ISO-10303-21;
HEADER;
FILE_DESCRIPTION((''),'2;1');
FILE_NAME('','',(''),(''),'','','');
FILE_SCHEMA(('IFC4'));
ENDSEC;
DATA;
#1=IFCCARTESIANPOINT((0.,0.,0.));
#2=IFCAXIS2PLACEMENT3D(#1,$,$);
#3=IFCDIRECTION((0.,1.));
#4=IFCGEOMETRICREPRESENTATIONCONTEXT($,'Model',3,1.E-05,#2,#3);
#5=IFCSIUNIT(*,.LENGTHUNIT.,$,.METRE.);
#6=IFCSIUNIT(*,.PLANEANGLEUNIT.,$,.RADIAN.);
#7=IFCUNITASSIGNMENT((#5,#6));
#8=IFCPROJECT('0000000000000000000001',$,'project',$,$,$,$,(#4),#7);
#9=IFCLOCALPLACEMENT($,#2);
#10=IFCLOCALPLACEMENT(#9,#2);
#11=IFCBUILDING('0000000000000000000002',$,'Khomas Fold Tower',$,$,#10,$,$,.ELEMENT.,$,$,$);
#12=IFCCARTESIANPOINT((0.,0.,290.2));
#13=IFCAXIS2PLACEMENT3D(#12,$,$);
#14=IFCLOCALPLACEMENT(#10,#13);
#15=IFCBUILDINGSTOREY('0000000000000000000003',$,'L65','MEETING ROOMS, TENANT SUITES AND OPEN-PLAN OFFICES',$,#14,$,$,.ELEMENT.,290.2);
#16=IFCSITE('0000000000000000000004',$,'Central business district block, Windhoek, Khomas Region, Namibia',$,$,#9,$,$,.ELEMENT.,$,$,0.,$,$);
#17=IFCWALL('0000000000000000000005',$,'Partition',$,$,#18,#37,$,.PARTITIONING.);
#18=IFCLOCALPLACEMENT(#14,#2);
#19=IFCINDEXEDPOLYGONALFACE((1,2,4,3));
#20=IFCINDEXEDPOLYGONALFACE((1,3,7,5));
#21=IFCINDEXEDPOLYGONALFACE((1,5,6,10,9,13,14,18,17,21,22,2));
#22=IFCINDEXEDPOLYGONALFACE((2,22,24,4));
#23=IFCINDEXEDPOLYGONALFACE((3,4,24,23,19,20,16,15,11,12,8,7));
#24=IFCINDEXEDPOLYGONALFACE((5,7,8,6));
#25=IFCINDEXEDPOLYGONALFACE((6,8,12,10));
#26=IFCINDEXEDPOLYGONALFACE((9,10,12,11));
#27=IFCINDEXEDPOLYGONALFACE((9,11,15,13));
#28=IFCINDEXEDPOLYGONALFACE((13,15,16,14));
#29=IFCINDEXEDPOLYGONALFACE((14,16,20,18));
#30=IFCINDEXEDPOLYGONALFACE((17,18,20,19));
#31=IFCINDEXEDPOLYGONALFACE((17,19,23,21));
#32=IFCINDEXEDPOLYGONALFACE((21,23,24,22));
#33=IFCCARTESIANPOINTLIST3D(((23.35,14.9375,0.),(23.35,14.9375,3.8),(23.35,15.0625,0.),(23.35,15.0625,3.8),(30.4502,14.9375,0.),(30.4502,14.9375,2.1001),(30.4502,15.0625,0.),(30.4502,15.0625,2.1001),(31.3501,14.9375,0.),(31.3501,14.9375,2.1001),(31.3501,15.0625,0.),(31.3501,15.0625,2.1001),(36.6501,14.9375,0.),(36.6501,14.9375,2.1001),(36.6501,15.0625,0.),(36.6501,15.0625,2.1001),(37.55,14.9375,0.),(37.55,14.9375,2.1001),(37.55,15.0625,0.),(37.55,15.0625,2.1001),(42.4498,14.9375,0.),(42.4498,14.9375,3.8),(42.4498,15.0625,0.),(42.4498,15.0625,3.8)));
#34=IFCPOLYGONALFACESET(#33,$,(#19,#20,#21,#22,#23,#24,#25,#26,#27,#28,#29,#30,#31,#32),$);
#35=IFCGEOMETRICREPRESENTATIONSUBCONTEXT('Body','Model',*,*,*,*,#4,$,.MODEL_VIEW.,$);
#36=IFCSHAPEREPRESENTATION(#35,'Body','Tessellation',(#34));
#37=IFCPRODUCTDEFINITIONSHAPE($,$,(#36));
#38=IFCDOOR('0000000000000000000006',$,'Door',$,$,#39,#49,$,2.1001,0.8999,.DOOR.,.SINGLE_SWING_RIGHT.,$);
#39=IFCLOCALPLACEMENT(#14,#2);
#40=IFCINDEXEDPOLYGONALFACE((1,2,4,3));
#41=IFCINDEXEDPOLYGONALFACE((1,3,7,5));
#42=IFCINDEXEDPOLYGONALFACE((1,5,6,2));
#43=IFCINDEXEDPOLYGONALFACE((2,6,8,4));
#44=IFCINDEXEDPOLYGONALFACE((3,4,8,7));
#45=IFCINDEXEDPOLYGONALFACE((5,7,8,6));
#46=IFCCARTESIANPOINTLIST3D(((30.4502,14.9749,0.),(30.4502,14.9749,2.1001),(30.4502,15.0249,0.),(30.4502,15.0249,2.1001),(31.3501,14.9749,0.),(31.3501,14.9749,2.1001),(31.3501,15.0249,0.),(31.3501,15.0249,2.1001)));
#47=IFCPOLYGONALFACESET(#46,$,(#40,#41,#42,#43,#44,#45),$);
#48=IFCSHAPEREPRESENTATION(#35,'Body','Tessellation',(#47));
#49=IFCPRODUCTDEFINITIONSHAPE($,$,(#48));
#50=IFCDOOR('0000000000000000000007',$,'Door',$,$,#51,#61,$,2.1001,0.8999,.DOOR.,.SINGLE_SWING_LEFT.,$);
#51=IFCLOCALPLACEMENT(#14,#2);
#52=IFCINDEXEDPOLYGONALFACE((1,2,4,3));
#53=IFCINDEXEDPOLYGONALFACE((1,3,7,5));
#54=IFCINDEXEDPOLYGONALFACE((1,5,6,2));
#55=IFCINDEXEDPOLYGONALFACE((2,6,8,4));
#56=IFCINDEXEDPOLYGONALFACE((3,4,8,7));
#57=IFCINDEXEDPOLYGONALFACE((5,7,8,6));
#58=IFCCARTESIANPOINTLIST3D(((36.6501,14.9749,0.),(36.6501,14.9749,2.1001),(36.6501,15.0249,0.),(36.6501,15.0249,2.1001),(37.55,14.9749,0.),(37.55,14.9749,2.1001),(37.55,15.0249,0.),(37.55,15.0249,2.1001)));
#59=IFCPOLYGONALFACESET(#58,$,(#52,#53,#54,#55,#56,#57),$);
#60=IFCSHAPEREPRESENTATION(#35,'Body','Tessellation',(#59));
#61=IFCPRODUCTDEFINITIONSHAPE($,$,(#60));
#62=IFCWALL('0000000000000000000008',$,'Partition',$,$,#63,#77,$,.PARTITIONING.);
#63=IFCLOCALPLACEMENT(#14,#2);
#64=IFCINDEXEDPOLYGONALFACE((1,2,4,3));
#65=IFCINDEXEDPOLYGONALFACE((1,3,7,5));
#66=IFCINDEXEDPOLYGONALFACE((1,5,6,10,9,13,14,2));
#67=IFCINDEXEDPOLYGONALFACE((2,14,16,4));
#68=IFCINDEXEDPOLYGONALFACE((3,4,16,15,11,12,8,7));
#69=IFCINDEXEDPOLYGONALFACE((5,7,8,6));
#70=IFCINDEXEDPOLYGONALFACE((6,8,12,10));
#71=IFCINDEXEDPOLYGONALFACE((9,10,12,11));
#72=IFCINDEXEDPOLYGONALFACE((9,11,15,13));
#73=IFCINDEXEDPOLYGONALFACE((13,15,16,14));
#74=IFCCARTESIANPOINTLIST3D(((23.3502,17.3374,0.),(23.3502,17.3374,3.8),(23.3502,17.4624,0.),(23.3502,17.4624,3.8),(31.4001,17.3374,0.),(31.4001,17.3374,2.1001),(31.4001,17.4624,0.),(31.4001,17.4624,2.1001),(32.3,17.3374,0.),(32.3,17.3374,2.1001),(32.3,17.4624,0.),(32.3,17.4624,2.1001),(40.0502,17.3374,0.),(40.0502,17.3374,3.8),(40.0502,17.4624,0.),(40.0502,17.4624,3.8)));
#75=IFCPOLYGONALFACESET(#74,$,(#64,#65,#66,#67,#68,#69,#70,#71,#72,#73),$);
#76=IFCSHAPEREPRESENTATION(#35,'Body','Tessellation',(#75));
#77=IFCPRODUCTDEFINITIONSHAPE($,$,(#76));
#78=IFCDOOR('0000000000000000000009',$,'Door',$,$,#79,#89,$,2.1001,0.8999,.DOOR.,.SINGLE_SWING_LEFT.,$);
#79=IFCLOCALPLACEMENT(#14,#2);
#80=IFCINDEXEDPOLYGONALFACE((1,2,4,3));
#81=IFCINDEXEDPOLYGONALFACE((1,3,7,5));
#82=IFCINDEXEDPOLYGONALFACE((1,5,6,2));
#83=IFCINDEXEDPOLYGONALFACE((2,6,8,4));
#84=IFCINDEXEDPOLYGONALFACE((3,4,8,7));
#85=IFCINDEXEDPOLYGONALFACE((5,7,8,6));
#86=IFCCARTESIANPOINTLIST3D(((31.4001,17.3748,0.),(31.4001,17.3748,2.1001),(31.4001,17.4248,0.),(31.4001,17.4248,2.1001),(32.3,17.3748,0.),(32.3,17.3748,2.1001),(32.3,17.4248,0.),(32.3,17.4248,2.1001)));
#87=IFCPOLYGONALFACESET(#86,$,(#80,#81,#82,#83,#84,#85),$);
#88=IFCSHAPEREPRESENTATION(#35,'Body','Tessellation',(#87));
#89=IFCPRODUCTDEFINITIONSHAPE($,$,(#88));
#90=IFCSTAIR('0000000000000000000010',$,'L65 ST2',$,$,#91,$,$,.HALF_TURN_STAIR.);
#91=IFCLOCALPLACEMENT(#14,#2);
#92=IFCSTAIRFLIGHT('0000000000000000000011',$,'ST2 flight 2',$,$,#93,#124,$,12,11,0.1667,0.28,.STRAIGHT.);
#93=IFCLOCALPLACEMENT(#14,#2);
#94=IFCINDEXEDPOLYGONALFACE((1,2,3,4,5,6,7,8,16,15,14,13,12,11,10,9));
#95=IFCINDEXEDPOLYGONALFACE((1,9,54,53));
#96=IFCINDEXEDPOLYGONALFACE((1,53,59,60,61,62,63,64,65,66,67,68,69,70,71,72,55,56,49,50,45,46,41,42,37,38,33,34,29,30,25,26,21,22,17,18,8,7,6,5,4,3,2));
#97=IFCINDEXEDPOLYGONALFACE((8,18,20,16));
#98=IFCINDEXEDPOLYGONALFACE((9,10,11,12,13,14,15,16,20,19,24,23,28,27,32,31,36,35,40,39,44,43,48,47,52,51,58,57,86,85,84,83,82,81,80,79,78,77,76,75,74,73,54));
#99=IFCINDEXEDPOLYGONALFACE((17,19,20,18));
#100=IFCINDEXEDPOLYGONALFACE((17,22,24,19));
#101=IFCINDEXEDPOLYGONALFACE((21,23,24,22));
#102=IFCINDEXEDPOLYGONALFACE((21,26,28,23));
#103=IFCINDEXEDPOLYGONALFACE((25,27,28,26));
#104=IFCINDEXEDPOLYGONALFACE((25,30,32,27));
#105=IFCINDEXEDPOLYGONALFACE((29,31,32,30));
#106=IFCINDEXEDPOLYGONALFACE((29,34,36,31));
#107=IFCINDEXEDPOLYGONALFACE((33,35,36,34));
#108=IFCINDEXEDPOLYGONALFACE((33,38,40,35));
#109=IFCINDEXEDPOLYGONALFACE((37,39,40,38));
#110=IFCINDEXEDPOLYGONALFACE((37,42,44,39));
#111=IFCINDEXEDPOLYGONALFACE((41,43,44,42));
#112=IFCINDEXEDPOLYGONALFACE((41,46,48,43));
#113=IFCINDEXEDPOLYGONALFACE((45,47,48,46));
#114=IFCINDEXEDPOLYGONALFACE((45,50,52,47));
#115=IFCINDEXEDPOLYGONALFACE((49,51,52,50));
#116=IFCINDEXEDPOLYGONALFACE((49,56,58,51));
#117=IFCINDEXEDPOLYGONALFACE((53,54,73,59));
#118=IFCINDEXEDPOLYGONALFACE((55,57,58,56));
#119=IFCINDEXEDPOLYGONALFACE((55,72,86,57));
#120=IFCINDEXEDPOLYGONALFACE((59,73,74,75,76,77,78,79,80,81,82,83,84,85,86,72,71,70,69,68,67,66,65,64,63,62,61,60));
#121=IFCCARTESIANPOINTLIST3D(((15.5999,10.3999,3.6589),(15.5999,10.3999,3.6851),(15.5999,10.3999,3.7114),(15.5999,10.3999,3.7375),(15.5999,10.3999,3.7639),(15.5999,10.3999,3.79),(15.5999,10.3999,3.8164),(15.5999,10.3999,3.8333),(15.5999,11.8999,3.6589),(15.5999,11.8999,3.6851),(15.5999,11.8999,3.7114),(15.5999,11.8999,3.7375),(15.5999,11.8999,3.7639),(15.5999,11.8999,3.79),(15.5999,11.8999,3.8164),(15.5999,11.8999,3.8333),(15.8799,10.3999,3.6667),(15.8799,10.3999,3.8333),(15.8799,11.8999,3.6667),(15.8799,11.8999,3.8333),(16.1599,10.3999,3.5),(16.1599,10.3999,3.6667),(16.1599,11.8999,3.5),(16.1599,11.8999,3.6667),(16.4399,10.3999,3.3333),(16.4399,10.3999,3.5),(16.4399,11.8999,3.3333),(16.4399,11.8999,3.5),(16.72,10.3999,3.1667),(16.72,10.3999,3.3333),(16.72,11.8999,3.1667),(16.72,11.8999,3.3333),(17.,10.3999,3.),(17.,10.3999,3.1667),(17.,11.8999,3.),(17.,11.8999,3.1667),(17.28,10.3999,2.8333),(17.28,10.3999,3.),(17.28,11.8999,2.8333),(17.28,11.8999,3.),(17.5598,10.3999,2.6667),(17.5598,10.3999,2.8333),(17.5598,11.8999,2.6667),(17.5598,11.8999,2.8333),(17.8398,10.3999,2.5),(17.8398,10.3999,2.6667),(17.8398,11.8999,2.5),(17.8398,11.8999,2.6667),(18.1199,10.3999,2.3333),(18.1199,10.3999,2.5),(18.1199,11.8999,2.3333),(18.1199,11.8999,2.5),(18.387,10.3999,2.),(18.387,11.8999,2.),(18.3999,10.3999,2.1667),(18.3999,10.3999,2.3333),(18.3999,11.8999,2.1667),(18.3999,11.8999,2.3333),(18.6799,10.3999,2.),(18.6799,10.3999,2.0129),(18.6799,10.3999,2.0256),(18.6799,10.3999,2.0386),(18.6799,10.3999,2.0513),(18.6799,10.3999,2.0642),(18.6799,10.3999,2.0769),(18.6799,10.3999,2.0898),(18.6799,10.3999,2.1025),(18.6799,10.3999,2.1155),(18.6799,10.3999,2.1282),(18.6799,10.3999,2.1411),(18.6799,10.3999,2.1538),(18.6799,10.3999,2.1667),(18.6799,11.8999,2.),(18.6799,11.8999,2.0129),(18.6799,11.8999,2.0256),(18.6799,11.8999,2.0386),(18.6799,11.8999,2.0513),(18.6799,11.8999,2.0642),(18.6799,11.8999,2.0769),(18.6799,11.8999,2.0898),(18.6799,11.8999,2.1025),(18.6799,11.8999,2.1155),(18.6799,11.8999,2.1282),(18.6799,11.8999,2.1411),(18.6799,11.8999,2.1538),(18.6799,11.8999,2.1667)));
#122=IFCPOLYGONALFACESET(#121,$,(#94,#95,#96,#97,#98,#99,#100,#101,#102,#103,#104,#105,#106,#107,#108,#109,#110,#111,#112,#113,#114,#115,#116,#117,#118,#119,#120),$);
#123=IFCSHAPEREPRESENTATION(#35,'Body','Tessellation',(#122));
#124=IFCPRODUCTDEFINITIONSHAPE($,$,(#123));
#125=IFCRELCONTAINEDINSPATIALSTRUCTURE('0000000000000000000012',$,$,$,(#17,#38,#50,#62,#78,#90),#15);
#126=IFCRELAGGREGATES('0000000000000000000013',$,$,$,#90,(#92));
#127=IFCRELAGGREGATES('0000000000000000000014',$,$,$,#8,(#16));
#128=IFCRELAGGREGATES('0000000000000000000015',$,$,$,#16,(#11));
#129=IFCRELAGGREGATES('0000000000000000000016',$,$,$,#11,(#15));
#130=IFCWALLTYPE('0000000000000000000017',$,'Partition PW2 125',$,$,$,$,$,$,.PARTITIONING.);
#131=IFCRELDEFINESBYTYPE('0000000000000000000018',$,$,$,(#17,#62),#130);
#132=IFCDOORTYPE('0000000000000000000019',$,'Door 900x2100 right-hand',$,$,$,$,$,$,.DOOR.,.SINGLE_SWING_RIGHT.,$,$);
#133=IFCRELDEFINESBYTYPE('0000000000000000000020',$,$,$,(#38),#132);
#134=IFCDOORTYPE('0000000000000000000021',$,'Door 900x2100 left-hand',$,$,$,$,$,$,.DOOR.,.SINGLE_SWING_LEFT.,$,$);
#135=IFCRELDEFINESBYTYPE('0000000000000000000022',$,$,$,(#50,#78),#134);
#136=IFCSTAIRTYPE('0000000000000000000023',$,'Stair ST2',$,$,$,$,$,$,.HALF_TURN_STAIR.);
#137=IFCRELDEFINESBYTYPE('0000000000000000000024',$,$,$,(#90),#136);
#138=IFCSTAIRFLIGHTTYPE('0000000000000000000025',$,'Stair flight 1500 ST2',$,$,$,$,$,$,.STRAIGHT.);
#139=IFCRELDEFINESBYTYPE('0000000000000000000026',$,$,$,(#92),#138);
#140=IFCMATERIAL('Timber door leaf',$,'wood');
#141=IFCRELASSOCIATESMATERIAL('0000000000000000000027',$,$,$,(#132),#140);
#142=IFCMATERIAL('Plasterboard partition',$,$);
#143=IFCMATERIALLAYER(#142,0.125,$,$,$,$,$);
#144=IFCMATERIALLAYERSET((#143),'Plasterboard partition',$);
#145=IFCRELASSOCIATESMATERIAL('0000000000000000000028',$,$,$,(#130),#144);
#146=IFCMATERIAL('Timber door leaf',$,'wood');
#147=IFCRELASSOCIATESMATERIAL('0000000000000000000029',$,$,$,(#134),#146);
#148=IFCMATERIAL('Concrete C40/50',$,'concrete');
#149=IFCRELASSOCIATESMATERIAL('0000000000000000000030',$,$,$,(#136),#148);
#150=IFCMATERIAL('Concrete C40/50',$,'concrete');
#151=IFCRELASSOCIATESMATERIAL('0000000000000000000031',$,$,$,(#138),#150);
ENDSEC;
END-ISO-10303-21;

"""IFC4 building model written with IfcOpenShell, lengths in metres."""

from ifc_helpers import new_model, si_unit, direction, frame, frame_2d, origin, place, context, subcontext, project, spatial, polyline, rectangle, outline, extrude, source, transform, mapped, material, layer, layer_set, type_object, element, fill, aggregate, save


model = new_model("IFC4")

# Units and contexts
model_context = context("Model", 3, precision=1e-05, world=origin(), true_north=direction((0.0, 1.0)))
body_context = subcontext(model_context, "Body", "Model", "MODEL_VIEW")
ifc_project = project(units=[si_unit("LENGTHUNIT", "METRE"), si_unit("PLANEANGLEUNIT", "RADIAN")], contexts=[model_context])

# Site, building, storey
site_placement = place(None, origin())
site = spatial("IfcSite", under=ifc_project, at=site_placement, Name="Central business district block, Windhoek, Khomas Region, Namibia", CompositionType="ELEMENT", RefElevation=0.0)
building_placement = place(site_placement, origin())
building = spatial("IfcBuilding", under=site, at=building_placement, Name="Khomas Fold Tower", CompositionType="ELEMENT")
storey_placement = place(building_placement, frame((0.0, 0.0, 290.2)))
storey = spatial("IfcBuildingStorey", under=building, at=storey_placement, Name="L65", Description="MEETING ROOMS, TENANT SUITES AND OPEN-PLAN OFFICES", CompositionType="ELEMENT", Elevation=290.2)

# Shared definitions
ifc_material_1 = material(Name="Timber door leaf", Category="wood")
door_type_1 = type_object("IfcDoorType", Name="Door 900x2100 right-hand", OperationType="SINGLE_SWING_RIGHT", PredefinedType="DOOR", material=ifc_material_1)

# Wall, openings, doors
ifc_material_2 = material(Name="Plasterboard partition")
ifc_layer_1 = layer(ifc_material_2, 0.125)
ifc_layer_set_1 = layer_set([ifc_layer_1], Name="Plasterboard partition")
wall_type_1 = type_object("IfcWallType", Name="Partition PW2 125", PredefinedType="PARTITIONING", material=ifc_layer_set_1)
shared_shape_1 = source(origin(), body_context, "Body", "SweptSolid", [
    extrude(rectangle(XDim=19.0999, YDim=0.125, at=frame_2d((9.5498, 0.0))), origin(), (0.0, 0.0, 1.0), 3.8),
])
wall_1_placement = place(storey_placement, frame((23.3501, 15.0, 0.0), z_axis=(0.0, 0.0, 1.0), x_axis=(1.0, 0.0, 0.0)))
wall_1 = element("IfcWall", 1, at=wall_1_placement, inside=storey, type_object=wall_type_1, Name="Partition", PredefinedType="PARTITIONING", context=body_context, shape_type="MappedRepresentation", body=[
    mapped(shared_shape_1, transform((0.0, 0.0, 0.0))),
])
shared_shape_2 = source(origin(), body_context, "Body", "SweptSolid", [
    extrude(rectangle(XDim=0.8999, YDim=2.1001, at=frame_2d((0.45, 1.05))), frame((0.0, 0.0725, 0.0), z_axis=(0.0, -1.0, 0.0), x_axis=(1.0, 0.0, 0.0)), (0.0, 0.0, 1.0), 0.145),
])
opening_1_placement = place(wall_1_placement, frame((7.1001, 0.0, 0.0)))
opening_1 = element("IfcOpeningElement", 2, at=opening_1_placement, cuts=wall_1, PredefinedType="OPENING", context=body_context, shape_type="MappedRepresentation", body=[
    mapped(shared_shape_2, transform((0.0, 0.0, 0.0))),
])
opening_2_placement = place(wall_1_placement, frame((13.3, 0.0, 0.0)))
opening_2 = element("IfcOpeningElement", 3, at=opening_2_placement, cuts=wall_1, PredefinedType="OPENING", context=body_context, shape_type="MappedRepresentation", body=[
    mapped(shared_shape_2, transform((0.0, 0.0, 0.0))),
])
shared_shape_3 = source(origin(), body_context, "Body", "SweptSolid", [
    extrude(rectangle(XDim=0.8999, YDim=2.1001, at=frame_2d((0.45, 1.05))), frame((0.0, 0.0249, 0.0), z_axis=(0.0, -1.0, 0.0), x_axis=(1.0, 0.0, 0.0)), (0.0, 0.0, 1.0), 0.05),
])
door_1_placement = place(opening_1_placement, origin())
door_1 = element("IfcDoor", 4, at=door_1_placement, inside=storey, type_object=door_type_1, Name="Door", OperationType="SINGLE_SWING_RIGHT", OverallHeight=2.1001, OverallWidth=0.8999, PredefinedType="DOOR", context=body_context, shape_type="MappedRepresentation", body=[
    mapped(shared_shape_3, transform((0.0, 0.0, 0.0))),
])
fill(opening_1, door_1)
ifc_material_3 = material(Name="Timber door leaf", Category="wood")
door_type_2 = type_object("IfcDoorType", Name="Door 900x2100 left-hand", OperationType="SINGLE_SWING_LEFT", PredefinedType="DOOR", material=ifc_material_3)
door_2_placement = place(opening_2_placement, origin())
door_2 = element("IfcDoor", 5, at=door_2_placement, inside=storey, type_object=door_type_2, Name="Door", OperationType="SINGLE_SWING_LEFT", OverallHeight=2.1001, OverallWidth=0.8999, PredefinedType="DOOR", context=body_context, shape_type="MappedRepresentation", body=[
    mapped(shared_shape_3, transform((0.0, 0.0, 0.0))),
])
fill(opening_2, door_2)

# Wall, opening, door
shared_shape_4 = source(origin(), body_context, "Body", "SweptSolid", [
    extrude(rectangle(XDim=16.7, YDim=0.125, at=frame_2d((8.3501, 0.0))), origin(), (0.0, 0.0, 1.0), 3.8),
])
wall_2_placement = place(storey_placement, frame((23.3501, 17.3999, 0.0), z_axis=(0.0, 0.0, 1.0), x_axis=(1.0, 0.0, 0.0)))
wall_2 = element("IfcWall", 6, at=wall_2_placement, inside=storey, type_object=wall_type_1, Name="Partition", PredefinedType="PARTITIONING", context=body_context, shape_type="MappedRepresentation", body=[
    mapped(shared_shape_4, transform((0.0, 0.0, 0.0))),
])
opening_3_placement = place(wall_2_placement, frame((8.05, 0.0, 0.0)))
opening_3 = element("IfcOpeningElement", 7, at=opening_3_placement, cuts=wall_2, PredefinedType="OPENING", context=body_context, shape_type="MappedRepresentation", body=[
    mapped(shared_shape_2, transform((0.0, 0.0, 0.0))),
])
door_3_placement = place(opening_3_placement, origin())
door_3 = element("IfcDoor", 8, at=door_3_placement, inside=storey, type_object=door_type_2, Name="Door", OperationType="SINGLE_SWING_LEFT", OverallHeight=2.1001, OverallWidth=0.8999, PredefinedType="DOOR", context=body_context, shape_type="MappedRepresentation", body=[
    mapped(shared_shape_3, transform((0.0, 0.0, 0.0))),
])
fill(opening_3, door_3)

# Stair, stair flight
ifc_material_4 = material(Name="Concrete C40/50", Category="concrete")
stair_type = type_object("IfcStairType", Name="Stair ST2", PredefinedType="HALF_TURN_STAIR", material=ifc_material_4)
stair_placement = place(storey_placement, origin())
stair = element("IfcStair", 9, at=stair_placement, inside=storey, type_object=stair_type, Name="L65 ST2", PredefinedType="HALF_TURN_STAIR")
ifc_material_5 = material(Name="Concrete C40/50", Category="concrete")
stair_flight_type = type_object("IfcStairFlightType", Name="Stair flight 1500 ST2", PredefinedType="STRAIGHT", material=ifc_material_5)
shared_shape_5 = source(origin(), body_context, "Body", "SweptSolid", [
    extrude(outline(polyline([(0.0, 0.0), (0.0, 0.0129), (0.0, 0.0256), (0.0, 0.0386), (0.0, 0.0513), (0.0, 0.0642), (0.0, 0.0769), (0.0, 0.0898), (0.0, 0.1025), (0.0, 0.1155), (0.0, 0.1282), (0.0, 0.1411), (0.0, 0.1538), (0.0, 0.1667), (0.28, 0.1667), (0.28, 0.3333), (0.5601, 0.3333), (0.5601, 0.5), (0.8401, 0.5), (0.8401, 0.6667), (1.1201, 0.6667), (1.1201, 0.8333), (1.3999, 0.8333), (1.3999, 1.0), (1.6799, 1.0), (1.6799, 1.1667), (1.96, 1.1667), (1.96, 1.3333), (2.24, 1.3333), (2.24, 1.5), (2.52, 1.5), (2.52, 1.6667), (2.8, 1.6667), (2.8, 1.8333), (3.0801, 1.8333), (3.0801, 2.0), (3.0801, 1.9739), (3.0801, 1.9475), (3.0801, 1.9214), (3.0801, 1.895), (3.0801, 1.8689), (3.0801, 1.8425), (3.0801, 1.8164), (3.0801, 1.79), (3.0801, 1.7639), (3.0801, 1.7375), (3.0801, 1.7114), (3.0801, 1.6851), (3.0801, 1.6589), (0.293, 0.0), (0.0, 0.0)])), frame((0.0, 0.75, 0.0), z_axis=(0.0, -1.0, 0.0), x_axis=(1.0, 0.0, 0.0)), (0.0, 0.0, 1.0), 1.5),
])
stair_flight_placement = place(storey_placement, frame((18.6799, 11.1499, 2.0), z_axis=(0.0, 0.0, 1.0), x_axis=(-1.0, 0.0, 0.0)))
stair_flight = element("IfcStairFlight", 10, at=stair_flight_placement, type_object=stair_flight_type, Name="ST2 flight 2", NumberOfRisers=12, NumberOfTreads=11, PredefinedType="STRAIGHT", RiserHeight=0.1667, TreadLength=0.28, context=body_context, shape_type="MappedRepresentation", body=[
    mapped(shared_shape_5, transform((0.0, 0.0, 0.0))),
])
aggregate(stair, [stair_flight])

save(model, "model.ifc")
